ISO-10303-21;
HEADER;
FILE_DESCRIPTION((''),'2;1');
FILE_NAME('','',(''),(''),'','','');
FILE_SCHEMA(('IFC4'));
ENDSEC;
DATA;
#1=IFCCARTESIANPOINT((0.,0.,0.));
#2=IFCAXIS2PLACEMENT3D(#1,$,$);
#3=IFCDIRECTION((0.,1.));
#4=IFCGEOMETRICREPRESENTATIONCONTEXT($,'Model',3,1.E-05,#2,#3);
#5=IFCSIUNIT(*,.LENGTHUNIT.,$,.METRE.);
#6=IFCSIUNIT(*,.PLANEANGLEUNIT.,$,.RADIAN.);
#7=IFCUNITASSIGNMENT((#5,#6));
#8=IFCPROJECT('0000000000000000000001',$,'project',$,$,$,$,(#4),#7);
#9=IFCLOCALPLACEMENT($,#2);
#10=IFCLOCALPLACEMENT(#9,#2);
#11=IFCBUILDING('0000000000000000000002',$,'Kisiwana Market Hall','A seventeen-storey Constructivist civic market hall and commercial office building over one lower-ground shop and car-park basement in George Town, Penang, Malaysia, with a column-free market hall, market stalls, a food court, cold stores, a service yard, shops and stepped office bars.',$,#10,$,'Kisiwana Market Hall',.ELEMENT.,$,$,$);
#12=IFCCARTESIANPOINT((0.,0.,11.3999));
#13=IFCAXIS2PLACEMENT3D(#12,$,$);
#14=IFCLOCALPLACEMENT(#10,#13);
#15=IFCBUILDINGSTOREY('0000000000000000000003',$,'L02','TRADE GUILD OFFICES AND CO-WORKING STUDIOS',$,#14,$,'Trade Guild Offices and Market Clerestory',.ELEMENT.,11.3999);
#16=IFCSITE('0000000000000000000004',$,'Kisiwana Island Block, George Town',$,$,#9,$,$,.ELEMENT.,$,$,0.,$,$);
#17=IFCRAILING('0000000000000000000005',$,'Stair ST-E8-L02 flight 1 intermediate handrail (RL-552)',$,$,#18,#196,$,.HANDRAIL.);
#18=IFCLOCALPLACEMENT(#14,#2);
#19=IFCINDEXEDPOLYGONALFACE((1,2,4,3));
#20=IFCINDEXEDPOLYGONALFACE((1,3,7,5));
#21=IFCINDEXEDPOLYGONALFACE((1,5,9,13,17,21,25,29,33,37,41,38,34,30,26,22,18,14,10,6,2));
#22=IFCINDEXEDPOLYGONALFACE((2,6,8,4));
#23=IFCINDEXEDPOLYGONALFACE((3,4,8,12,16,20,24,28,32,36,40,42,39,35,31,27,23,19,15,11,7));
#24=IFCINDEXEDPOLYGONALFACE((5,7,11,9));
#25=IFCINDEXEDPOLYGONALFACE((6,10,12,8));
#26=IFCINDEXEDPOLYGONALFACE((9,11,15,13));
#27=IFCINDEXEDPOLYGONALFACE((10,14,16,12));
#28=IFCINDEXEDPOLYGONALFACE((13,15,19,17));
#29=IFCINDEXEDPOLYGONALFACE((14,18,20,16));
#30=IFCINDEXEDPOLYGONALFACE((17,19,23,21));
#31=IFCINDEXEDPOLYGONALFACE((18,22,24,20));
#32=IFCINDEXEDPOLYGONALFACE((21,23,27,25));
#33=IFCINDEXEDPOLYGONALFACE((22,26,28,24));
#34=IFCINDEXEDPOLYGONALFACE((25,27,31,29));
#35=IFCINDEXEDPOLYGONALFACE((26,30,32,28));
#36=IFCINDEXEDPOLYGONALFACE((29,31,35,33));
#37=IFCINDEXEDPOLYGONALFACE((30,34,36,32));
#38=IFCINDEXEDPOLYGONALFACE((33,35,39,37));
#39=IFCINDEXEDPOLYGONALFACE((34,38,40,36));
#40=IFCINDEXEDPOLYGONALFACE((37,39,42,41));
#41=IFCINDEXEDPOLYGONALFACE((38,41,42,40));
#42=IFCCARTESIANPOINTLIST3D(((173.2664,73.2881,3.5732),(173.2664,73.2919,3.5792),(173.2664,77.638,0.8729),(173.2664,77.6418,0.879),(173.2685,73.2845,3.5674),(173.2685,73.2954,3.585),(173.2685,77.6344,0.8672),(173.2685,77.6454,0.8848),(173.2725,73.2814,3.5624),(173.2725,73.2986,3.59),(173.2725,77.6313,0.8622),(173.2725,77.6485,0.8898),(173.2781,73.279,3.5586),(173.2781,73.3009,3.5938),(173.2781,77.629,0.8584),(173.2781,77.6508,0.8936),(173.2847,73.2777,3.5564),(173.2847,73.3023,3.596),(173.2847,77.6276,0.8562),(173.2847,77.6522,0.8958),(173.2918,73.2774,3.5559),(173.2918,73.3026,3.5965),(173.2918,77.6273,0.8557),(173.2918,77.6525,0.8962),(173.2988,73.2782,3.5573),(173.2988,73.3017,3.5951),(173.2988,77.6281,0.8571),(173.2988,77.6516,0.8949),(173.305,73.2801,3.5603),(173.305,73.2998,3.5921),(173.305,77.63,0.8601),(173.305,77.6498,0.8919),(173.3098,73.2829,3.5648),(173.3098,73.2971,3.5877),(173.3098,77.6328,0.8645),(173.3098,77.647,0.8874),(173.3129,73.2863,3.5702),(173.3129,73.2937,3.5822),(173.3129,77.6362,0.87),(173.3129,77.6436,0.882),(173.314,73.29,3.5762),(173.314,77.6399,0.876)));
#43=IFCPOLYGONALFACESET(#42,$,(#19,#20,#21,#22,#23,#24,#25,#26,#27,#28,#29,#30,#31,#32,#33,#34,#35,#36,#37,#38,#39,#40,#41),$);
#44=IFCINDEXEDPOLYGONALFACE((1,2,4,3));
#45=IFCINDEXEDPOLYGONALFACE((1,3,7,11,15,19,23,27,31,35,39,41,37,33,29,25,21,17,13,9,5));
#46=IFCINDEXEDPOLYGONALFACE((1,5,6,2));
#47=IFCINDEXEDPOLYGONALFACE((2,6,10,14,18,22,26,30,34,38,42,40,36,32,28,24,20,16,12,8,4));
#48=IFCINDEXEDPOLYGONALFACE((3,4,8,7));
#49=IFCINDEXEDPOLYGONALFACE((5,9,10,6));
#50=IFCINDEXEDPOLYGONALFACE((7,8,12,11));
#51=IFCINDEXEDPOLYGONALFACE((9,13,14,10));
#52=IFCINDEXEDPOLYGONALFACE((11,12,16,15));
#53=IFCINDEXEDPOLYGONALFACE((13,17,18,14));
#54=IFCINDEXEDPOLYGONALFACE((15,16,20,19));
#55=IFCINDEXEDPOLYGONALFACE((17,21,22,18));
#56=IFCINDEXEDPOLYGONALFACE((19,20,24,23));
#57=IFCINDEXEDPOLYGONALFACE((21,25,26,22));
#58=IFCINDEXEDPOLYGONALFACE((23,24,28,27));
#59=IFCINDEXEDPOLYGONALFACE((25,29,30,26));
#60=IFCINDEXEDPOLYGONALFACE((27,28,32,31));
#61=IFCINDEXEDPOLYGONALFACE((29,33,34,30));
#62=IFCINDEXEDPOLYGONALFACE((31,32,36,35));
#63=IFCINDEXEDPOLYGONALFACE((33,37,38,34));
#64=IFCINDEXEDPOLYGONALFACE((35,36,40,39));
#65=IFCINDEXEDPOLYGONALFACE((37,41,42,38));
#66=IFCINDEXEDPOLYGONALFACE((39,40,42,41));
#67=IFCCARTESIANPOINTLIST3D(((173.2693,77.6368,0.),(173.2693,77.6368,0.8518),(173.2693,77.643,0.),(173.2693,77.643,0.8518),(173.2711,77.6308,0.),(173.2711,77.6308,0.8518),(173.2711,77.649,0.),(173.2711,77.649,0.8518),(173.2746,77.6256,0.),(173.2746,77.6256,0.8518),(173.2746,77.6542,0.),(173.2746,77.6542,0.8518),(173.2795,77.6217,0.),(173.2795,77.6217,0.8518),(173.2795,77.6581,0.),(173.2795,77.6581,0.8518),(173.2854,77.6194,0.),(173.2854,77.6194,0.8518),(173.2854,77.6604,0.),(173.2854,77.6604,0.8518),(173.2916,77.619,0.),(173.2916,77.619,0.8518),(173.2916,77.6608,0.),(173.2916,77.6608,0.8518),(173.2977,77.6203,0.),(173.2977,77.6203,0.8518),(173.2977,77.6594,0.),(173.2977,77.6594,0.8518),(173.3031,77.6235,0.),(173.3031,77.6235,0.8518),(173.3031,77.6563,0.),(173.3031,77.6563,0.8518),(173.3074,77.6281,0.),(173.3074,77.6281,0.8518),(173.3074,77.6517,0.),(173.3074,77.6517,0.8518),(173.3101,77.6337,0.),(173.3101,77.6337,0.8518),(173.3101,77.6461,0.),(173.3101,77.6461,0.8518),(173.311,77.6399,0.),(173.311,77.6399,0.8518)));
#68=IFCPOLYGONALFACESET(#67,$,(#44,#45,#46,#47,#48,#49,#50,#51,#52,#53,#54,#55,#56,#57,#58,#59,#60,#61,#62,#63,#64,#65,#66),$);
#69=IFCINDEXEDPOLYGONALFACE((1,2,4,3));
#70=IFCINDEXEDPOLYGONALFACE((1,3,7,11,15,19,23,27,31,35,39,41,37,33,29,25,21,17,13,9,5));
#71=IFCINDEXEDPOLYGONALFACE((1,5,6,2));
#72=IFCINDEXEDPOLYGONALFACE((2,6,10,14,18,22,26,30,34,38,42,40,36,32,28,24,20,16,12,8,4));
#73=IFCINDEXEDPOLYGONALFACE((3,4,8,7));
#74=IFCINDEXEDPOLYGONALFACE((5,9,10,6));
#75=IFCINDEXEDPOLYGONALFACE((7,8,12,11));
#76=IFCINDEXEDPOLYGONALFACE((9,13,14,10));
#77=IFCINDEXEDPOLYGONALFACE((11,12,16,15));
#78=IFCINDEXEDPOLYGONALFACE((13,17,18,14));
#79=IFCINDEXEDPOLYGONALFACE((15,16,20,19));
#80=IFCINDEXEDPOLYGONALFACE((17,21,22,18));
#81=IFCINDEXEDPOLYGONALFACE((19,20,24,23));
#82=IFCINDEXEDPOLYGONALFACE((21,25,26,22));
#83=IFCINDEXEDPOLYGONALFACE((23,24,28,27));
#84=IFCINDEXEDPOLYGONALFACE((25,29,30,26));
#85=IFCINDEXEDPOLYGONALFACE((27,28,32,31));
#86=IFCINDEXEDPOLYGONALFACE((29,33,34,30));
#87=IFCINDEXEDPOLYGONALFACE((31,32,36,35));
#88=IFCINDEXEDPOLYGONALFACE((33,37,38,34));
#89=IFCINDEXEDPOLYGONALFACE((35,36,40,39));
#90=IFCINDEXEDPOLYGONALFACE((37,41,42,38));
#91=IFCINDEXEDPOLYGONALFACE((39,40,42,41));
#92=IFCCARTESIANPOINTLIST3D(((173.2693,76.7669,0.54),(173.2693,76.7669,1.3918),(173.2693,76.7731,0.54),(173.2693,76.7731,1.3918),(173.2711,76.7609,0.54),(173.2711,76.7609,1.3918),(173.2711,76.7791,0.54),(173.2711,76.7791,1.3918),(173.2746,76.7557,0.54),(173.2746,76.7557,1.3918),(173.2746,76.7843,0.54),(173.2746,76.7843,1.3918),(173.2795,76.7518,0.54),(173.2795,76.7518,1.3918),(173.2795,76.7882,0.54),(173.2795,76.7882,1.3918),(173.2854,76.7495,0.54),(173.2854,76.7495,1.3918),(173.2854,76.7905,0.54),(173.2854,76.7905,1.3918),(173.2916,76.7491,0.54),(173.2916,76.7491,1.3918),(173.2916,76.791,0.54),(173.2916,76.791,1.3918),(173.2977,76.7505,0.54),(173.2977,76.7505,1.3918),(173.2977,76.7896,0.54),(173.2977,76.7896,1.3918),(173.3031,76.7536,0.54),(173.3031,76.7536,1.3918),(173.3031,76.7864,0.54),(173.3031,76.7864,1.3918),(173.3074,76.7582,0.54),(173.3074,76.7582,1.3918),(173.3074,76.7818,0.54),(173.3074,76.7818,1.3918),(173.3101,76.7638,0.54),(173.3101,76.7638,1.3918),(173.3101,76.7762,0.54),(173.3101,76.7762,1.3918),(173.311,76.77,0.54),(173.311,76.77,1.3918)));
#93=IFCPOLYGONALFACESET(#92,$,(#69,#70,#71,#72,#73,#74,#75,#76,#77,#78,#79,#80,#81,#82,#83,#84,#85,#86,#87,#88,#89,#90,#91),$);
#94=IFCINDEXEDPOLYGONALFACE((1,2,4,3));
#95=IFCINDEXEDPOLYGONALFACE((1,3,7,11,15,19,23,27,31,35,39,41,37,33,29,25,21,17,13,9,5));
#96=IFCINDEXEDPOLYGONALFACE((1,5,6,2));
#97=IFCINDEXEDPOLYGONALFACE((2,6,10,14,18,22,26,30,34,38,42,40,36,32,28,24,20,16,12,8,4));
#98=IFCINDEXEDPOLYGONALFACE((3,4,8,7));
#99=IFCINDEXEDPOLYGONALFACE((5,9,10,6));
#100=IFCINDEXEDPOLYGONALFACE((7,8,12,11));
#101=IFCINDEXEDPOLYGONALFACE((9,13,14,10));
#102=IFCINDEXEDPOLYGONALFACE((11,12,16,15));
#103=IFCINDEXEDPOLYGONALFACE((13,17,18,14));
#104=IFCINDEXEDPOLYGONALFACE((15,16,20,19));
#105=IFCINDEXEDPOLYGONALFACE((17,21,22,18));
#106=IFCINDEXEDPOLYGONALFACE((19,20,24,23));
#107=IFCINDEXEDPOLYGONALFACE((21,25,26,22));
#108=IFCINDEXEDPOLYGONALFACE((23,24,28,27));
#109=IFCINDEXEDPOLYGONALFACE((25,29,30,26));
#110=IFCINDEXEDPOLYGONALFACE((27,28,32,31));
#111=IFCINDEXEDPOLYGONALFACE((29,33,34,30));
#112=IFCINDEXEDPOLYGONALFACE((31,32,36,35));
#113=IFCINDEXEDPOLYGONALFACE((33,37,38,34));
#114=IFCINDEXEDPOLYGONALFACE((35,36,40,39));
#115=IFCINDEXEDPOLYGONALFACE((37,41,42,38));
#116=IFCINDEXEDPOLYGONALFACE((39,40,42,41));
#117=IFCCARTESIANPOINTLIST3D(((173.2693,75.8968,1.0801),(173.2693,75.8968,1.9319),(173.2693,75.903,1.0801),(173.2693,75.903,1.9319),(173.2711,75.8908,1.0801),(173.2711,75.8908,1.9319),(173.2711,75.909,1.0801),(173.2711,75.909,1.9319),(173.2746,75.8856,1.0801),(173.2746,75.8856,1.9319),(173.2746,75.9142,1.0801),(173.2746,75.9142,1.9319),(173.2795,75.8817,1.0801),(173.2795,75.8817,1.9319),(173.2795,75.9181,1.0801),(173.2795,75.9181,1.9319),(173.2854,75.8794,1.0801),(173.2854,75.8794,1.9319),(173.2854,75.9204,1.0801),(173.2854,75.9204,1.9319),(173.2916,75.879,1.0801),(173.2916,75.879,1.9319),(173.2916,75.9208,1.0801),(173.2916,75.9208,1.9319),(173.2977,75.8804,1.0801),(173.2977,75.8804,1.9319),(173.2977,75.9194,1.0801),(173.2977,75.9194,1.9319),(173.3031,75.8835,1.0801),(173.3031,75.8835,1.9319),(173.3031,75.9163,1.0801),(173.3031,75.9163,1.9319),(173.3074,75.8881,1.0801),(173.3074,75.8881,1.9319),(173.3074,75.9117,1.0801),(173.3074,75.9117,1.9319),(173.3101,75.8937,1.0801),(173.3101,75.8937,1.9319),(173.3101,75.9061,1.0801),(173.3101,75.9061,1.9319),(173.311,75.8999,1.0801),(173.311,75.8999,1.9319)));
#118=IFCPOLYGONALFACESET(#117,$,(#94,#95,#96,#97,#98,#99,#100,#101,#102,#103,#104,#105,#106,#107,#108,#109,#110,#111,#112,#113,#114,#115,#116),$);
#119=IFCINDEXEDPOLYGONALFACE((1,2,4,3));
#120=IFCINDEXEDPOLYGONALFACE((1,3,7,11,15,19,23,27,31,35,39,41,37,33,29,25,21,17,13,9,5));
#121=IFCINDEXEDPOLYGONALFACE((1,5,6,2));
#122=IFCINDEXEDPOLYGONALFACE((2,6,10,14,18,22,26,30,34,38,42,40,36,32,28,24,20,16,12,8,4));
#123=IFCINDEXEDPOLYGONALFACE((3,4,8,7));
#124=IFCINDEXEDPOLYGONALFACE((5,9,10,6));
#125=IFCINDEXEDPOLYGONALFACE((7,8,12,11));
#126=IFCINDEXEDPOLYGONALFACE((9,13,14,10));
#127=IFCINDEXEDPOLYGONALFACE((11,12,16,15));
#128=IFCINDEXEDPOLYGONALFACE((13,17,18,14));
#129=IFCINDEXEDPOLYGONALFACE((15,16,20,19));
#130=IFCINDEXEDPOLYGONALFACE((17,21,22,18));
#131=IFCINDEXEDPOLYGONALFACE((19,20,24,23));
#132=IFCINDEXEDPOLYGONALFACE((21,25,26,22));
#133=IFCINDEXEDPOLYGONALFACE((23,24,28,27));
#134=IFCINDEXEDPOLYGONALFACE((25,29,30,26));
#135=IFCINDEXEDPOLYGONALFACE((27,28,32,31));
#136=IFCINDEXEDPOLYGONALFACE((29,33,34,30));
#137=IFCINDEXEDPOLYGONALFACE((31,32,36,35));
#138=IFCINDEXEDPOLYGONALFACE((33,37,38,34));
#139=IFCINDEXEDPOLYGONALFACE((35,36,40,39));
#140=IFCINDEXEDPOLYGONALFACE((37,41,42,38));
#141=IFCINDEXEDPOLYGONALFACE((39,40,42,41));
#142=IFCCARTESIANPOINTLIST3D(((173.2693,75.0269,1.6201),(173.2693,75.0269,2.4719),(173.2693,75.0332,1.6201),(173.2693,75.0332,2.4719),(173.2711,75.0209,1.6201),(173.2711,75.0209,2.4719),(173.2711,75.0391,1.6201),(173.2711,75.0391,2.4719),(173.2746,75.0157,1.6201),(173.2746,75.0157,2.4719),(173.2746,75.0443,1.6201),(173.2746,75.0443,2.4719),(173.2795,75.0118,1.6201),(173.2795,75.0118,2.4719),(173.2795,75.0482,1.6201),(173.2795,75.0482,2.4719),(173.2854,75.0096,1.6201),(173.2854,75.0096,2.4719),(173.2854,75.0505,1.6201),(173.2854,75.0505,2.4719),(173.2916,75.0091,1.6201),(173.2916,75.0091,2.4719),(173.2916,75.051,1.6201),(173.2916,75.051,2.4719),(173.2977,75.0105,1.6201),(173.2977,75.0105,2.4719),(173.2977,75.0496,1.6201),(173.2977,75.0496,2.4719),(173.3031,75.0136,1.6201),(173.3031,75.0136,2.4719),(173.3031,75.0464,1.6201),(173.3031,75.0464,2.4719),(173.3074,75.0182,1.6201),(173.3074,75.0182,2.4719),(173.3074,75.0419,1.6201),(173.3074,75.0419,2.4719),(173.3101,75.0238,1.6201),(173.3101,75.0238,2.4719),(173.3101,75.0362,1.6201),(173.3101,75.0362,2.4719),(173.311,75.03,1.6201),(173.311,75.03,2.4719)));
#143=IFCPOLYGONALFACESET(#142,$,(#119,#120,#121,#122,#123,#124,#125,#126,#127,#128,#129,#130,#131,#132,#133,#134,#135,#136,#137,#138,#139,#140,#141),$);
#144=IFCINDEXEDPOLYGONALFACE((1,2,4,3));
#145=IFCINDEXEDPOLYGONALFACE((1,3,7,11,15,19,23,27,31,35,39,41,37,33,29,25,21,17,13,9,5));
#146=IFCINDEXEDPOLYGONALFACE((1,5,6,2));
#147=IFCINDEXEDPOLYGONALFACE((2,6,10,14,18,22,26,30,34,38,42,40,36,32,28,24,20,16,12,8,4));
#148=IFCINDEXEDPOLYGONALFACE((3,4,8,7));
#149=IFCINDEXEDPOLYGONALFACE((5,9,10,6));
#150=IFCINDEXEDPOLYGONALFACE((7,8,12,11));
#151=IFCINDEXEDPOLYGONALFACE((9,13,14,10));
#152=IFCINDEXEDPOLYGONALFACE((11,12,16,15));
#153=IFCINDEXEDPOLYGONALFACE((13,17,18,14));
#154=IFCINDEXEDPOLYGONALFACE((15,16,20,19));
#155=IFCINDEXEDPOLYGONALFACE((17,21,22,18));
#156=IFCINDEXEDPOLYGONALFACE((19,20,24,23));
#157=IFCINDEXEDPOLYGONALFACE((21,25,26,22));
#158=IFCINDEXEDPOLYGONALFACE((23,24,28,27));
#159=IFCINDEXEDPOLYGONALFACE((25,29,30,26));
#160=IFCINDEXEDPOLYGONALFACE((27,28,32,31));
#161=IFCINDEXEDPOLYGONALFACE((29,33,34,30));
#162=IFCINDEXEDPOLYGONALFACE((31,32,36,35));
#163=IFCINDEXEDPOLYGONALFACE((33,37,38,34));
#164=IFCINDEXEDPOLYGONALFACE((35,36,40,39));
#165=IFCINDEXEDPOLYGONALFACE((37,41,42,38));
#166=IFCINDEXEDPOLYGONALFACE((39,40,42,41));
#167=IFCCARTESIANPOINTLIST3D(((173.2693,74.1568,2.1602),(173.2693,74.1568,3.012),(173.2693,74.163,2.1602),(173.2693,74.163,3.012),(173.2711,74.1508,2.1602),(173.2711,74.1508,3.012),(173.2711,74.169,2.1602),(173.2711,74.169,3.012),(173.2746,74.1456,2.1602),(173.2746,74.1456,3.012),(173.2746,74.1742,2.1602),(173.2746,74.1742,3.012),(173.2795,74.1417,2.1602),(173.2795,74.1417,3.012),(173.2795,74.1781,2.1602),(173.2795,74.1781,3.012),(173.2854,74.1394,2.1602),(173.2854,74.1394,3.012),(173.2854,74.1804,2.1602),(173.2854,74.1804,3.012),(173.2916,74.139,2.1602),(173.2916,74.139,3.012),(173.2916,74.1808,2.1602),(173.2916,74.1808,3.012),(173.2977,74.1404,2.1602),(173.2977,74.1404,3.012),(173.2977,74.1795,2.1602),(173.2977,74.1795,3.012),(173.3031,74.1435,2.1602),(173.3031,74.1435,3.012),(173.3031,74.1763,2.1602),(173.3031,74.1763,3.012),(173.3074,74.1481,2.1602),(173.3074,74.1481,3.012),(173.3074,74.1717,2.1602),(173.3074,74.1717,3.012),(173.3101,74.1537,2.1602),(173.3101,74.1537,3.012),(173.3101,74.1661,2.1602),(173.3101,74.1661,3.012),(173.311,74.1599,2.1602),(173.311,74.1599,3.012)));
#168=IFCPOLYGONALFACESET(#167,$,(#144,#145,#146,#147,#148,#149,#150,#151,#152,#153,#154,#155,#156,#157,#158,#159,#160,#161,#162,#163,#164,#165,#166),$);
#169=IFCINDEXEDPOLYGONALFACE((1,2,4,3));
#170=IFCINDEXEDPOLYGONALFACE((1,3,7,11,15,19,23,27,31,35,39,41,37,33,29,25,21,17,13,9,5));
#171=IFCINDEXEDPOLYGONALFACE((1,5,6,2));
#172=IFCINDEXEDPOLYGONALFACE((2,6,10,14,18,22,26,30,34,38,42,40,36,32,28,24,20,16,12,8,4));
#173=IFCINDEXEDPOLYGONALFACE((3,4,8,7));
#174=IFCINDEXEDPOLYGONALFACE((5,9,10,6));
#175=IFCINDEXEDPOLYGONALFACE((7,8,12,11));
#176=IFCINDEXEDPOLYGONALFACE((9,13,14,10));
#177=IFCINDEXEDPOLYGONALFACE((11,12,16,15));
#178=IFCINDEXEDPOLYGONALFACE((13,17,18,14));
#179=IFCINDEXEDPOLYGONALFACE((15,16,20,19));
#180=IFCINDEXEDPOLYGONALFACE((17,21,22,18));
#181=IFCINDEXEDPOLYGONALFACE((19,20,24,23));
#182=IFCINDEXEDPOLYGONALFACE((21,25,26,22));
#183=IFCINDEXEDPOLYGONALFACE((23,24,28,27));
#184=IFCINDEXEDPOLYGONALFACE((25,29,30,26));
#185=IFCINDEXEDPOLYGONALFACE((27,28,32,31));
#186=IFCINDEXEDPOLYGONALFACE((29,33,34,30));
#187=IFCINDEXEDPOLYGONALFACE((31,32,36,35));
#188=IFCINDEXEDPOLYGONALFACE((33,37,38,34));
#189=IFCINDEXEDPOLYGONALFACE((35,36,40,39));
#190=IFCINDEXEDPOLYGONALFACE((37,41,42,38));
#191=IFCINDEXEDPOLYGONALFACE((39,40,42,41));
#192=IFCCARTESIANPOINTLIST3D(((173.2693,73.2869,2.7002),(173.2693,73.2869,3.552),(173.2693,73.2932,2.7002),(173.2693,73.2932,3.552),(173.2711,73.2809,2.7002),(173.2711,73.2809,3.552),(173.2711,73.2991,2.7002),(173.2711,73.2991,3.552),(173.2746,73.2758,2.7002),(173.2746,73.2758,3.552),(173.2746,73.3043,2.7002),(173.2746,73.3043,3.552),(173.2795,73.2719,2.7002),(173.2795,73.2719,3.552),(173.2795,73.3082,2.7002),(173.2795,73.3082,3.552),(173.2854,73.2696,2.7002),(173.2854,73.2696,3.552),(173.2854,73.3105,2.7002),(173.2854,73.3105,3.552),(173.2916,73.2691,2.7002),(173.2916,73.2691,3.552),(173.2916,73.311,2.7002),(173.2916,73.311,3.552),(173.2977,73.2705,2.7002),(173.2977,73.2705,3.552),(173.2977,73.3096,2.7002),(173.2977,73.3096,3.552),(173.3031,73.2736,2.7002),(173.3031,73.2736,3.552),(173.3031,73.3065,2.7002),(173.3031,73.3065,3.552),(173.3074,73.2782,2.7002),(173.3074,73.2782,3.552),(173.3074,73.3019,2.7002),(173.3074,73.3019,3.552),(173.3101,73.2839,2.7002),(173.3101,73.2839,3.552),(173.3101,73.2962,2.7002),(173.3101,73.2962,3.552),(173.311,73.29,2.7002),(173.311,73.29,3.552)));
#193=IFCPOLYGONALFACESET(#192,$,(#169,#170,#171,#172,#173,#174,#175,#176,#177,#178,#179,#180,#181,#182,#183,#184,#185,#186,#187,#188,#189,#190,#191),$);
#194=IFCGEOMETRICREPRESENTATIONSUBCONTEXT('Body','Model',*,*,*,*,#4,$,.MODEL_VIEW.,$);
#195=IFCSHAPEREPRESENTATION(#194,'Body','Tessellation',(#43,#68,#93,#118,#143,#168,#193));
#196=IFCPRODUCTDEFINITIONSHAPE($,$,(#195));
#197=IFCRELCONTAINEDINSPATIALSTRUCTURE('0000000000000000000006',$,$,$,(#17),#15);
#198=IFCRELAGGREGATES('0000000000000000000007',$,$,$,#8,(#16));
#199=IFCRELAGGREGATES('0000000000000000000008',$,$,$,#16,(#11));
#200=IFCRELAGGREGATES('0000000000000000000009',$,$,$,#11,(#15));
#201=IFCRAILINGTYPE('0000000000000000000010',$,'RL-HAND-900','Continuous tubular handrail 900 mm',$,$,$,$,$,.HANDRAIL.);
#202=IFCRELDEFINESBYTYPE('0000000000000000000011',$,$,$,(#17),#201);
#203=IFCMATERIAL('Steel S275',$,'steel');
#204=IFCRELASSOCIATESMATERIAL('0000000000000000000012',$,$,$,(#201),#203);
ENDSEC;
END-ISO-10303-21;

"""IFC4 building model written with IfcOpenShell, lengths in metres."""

from ifc_helpers import new_model, si_unit, direction, frame, origin, origin_2d, place, context, subcontext, project, spatial, circle, extrude, material, type_object, element, save


model = new_model("IFC4")

# Units and contexts
model_context = context("Model", 3, precision=1e-05, world=origin(), true_north=direction((0.0, 1.0)))
body_context = subcontext(model_context, "Body", "Model", "MODEL_VIEW")
ifc_project = project(units=[si_unit("LENGTHUNIT", "METRE"), si_unit("PLANEANGLEUNIT", "RADIAN")], contexts=[model_context])

# Site, building, storey
site_placement = place(None, origin())
site = spatial("IfcSite", under=ifc_project, at=site_placement, Name="Kisiwana Island Block, George Town", CompositionType="ELEMENT", RefElevation=0.0)
building_placement = place(site_placement, origin())
building = spatial("IfcBuilding", under=site, at=building_placement, Name="Kisiwana Market Hall", Description="A seventeen-storey Constructivist civic market hall and commercial office building over one lower-ground shop and car-park basement in George Town, Penang, Malaysia, with a column-free market hall, market stalls, a food court, cold stores, a service yard, shops and stepped office bars.", LongName="Kisiwana Market Hall", CompositionType="ELEMENT")
storey_placement = place(building_placement, frame((0.0, 0.0, 11.3999)))
storey = spatial("IfcBuildingStorey", under=building, at=storey_placement, Name="L02", Description="TRADE GUILD OFFICES AND CO-WORKING STUDIOS", LongName="Trade Guild Offices and Market Clerestory", CompositionType="ELEMENT", Elevation=11.3999)

# Railing
ifc_material_1 = material(Name="Steel S275", Category="steel")
railing_type_1 = type_object("IfcRailingType", Name="RL-HAND-900", Description="Continuous tubular handrail 900 mm", PredefinedType="HANDRAIL", material=ifc_material_1)
for number, where, name in (
    (1, (173.29, 77.6399, 0.0), "Stair ST-E8-L02 flight 1 intermediate handrail (RL-552)"),
):
    element("IfcRailing", number, at=place(storey_placement, frame(where)), inside=storey, type_object=railing_type_1, Name=name, PredefinedType="HANDRAIL", context=body_context, shape_type="SweptSolid", body=[
        extrude(circle(Radius=0.0239, at=origin_2d()), frame((0.0, 0.0, 0.876), z_axis=(0.0, -0.849615, 0.527403), x_axis=(1.0, 0.0, 0.0)), (0.0, 0.0, 1.0), 5.1199),
        extrude(circle(Radius=0.021, at=origin_2d()), origin(), (0.0, 0.0, 1.0), 0.8518),
        extrude(circle(Radius=0.021, at=origin_2d()), frame((0.0, -0.8699, 0.54)), (0.0, 0.0, 1.0), 0.8518),
        extrude(circle(Radius=0.021, at=origin_2d()), frame((0.0, -1.74, 1.0801)), (0.0, 0.0, 1.0), 0.8518),
        extrude(circle(Radius=0.021, at=origin_2d()), frame((0.0, -2.6099, 1.6201)), (0.0, 0.0, 1.0), 0.8518),
        extrude(circle(Radius=0.021, at=origin_2d()), frame((0.0, -3.48, 2.1602)), (0.0, 0.0, 1.0), 0.8518),
        extrude(circle(Radius=0.021, at=origin_2d()), frame((0.0, -4.3499, 2.7002)), (0.0, 0.0, 1.0), 0.8518),
    ])

save(model, "model.ifc")
